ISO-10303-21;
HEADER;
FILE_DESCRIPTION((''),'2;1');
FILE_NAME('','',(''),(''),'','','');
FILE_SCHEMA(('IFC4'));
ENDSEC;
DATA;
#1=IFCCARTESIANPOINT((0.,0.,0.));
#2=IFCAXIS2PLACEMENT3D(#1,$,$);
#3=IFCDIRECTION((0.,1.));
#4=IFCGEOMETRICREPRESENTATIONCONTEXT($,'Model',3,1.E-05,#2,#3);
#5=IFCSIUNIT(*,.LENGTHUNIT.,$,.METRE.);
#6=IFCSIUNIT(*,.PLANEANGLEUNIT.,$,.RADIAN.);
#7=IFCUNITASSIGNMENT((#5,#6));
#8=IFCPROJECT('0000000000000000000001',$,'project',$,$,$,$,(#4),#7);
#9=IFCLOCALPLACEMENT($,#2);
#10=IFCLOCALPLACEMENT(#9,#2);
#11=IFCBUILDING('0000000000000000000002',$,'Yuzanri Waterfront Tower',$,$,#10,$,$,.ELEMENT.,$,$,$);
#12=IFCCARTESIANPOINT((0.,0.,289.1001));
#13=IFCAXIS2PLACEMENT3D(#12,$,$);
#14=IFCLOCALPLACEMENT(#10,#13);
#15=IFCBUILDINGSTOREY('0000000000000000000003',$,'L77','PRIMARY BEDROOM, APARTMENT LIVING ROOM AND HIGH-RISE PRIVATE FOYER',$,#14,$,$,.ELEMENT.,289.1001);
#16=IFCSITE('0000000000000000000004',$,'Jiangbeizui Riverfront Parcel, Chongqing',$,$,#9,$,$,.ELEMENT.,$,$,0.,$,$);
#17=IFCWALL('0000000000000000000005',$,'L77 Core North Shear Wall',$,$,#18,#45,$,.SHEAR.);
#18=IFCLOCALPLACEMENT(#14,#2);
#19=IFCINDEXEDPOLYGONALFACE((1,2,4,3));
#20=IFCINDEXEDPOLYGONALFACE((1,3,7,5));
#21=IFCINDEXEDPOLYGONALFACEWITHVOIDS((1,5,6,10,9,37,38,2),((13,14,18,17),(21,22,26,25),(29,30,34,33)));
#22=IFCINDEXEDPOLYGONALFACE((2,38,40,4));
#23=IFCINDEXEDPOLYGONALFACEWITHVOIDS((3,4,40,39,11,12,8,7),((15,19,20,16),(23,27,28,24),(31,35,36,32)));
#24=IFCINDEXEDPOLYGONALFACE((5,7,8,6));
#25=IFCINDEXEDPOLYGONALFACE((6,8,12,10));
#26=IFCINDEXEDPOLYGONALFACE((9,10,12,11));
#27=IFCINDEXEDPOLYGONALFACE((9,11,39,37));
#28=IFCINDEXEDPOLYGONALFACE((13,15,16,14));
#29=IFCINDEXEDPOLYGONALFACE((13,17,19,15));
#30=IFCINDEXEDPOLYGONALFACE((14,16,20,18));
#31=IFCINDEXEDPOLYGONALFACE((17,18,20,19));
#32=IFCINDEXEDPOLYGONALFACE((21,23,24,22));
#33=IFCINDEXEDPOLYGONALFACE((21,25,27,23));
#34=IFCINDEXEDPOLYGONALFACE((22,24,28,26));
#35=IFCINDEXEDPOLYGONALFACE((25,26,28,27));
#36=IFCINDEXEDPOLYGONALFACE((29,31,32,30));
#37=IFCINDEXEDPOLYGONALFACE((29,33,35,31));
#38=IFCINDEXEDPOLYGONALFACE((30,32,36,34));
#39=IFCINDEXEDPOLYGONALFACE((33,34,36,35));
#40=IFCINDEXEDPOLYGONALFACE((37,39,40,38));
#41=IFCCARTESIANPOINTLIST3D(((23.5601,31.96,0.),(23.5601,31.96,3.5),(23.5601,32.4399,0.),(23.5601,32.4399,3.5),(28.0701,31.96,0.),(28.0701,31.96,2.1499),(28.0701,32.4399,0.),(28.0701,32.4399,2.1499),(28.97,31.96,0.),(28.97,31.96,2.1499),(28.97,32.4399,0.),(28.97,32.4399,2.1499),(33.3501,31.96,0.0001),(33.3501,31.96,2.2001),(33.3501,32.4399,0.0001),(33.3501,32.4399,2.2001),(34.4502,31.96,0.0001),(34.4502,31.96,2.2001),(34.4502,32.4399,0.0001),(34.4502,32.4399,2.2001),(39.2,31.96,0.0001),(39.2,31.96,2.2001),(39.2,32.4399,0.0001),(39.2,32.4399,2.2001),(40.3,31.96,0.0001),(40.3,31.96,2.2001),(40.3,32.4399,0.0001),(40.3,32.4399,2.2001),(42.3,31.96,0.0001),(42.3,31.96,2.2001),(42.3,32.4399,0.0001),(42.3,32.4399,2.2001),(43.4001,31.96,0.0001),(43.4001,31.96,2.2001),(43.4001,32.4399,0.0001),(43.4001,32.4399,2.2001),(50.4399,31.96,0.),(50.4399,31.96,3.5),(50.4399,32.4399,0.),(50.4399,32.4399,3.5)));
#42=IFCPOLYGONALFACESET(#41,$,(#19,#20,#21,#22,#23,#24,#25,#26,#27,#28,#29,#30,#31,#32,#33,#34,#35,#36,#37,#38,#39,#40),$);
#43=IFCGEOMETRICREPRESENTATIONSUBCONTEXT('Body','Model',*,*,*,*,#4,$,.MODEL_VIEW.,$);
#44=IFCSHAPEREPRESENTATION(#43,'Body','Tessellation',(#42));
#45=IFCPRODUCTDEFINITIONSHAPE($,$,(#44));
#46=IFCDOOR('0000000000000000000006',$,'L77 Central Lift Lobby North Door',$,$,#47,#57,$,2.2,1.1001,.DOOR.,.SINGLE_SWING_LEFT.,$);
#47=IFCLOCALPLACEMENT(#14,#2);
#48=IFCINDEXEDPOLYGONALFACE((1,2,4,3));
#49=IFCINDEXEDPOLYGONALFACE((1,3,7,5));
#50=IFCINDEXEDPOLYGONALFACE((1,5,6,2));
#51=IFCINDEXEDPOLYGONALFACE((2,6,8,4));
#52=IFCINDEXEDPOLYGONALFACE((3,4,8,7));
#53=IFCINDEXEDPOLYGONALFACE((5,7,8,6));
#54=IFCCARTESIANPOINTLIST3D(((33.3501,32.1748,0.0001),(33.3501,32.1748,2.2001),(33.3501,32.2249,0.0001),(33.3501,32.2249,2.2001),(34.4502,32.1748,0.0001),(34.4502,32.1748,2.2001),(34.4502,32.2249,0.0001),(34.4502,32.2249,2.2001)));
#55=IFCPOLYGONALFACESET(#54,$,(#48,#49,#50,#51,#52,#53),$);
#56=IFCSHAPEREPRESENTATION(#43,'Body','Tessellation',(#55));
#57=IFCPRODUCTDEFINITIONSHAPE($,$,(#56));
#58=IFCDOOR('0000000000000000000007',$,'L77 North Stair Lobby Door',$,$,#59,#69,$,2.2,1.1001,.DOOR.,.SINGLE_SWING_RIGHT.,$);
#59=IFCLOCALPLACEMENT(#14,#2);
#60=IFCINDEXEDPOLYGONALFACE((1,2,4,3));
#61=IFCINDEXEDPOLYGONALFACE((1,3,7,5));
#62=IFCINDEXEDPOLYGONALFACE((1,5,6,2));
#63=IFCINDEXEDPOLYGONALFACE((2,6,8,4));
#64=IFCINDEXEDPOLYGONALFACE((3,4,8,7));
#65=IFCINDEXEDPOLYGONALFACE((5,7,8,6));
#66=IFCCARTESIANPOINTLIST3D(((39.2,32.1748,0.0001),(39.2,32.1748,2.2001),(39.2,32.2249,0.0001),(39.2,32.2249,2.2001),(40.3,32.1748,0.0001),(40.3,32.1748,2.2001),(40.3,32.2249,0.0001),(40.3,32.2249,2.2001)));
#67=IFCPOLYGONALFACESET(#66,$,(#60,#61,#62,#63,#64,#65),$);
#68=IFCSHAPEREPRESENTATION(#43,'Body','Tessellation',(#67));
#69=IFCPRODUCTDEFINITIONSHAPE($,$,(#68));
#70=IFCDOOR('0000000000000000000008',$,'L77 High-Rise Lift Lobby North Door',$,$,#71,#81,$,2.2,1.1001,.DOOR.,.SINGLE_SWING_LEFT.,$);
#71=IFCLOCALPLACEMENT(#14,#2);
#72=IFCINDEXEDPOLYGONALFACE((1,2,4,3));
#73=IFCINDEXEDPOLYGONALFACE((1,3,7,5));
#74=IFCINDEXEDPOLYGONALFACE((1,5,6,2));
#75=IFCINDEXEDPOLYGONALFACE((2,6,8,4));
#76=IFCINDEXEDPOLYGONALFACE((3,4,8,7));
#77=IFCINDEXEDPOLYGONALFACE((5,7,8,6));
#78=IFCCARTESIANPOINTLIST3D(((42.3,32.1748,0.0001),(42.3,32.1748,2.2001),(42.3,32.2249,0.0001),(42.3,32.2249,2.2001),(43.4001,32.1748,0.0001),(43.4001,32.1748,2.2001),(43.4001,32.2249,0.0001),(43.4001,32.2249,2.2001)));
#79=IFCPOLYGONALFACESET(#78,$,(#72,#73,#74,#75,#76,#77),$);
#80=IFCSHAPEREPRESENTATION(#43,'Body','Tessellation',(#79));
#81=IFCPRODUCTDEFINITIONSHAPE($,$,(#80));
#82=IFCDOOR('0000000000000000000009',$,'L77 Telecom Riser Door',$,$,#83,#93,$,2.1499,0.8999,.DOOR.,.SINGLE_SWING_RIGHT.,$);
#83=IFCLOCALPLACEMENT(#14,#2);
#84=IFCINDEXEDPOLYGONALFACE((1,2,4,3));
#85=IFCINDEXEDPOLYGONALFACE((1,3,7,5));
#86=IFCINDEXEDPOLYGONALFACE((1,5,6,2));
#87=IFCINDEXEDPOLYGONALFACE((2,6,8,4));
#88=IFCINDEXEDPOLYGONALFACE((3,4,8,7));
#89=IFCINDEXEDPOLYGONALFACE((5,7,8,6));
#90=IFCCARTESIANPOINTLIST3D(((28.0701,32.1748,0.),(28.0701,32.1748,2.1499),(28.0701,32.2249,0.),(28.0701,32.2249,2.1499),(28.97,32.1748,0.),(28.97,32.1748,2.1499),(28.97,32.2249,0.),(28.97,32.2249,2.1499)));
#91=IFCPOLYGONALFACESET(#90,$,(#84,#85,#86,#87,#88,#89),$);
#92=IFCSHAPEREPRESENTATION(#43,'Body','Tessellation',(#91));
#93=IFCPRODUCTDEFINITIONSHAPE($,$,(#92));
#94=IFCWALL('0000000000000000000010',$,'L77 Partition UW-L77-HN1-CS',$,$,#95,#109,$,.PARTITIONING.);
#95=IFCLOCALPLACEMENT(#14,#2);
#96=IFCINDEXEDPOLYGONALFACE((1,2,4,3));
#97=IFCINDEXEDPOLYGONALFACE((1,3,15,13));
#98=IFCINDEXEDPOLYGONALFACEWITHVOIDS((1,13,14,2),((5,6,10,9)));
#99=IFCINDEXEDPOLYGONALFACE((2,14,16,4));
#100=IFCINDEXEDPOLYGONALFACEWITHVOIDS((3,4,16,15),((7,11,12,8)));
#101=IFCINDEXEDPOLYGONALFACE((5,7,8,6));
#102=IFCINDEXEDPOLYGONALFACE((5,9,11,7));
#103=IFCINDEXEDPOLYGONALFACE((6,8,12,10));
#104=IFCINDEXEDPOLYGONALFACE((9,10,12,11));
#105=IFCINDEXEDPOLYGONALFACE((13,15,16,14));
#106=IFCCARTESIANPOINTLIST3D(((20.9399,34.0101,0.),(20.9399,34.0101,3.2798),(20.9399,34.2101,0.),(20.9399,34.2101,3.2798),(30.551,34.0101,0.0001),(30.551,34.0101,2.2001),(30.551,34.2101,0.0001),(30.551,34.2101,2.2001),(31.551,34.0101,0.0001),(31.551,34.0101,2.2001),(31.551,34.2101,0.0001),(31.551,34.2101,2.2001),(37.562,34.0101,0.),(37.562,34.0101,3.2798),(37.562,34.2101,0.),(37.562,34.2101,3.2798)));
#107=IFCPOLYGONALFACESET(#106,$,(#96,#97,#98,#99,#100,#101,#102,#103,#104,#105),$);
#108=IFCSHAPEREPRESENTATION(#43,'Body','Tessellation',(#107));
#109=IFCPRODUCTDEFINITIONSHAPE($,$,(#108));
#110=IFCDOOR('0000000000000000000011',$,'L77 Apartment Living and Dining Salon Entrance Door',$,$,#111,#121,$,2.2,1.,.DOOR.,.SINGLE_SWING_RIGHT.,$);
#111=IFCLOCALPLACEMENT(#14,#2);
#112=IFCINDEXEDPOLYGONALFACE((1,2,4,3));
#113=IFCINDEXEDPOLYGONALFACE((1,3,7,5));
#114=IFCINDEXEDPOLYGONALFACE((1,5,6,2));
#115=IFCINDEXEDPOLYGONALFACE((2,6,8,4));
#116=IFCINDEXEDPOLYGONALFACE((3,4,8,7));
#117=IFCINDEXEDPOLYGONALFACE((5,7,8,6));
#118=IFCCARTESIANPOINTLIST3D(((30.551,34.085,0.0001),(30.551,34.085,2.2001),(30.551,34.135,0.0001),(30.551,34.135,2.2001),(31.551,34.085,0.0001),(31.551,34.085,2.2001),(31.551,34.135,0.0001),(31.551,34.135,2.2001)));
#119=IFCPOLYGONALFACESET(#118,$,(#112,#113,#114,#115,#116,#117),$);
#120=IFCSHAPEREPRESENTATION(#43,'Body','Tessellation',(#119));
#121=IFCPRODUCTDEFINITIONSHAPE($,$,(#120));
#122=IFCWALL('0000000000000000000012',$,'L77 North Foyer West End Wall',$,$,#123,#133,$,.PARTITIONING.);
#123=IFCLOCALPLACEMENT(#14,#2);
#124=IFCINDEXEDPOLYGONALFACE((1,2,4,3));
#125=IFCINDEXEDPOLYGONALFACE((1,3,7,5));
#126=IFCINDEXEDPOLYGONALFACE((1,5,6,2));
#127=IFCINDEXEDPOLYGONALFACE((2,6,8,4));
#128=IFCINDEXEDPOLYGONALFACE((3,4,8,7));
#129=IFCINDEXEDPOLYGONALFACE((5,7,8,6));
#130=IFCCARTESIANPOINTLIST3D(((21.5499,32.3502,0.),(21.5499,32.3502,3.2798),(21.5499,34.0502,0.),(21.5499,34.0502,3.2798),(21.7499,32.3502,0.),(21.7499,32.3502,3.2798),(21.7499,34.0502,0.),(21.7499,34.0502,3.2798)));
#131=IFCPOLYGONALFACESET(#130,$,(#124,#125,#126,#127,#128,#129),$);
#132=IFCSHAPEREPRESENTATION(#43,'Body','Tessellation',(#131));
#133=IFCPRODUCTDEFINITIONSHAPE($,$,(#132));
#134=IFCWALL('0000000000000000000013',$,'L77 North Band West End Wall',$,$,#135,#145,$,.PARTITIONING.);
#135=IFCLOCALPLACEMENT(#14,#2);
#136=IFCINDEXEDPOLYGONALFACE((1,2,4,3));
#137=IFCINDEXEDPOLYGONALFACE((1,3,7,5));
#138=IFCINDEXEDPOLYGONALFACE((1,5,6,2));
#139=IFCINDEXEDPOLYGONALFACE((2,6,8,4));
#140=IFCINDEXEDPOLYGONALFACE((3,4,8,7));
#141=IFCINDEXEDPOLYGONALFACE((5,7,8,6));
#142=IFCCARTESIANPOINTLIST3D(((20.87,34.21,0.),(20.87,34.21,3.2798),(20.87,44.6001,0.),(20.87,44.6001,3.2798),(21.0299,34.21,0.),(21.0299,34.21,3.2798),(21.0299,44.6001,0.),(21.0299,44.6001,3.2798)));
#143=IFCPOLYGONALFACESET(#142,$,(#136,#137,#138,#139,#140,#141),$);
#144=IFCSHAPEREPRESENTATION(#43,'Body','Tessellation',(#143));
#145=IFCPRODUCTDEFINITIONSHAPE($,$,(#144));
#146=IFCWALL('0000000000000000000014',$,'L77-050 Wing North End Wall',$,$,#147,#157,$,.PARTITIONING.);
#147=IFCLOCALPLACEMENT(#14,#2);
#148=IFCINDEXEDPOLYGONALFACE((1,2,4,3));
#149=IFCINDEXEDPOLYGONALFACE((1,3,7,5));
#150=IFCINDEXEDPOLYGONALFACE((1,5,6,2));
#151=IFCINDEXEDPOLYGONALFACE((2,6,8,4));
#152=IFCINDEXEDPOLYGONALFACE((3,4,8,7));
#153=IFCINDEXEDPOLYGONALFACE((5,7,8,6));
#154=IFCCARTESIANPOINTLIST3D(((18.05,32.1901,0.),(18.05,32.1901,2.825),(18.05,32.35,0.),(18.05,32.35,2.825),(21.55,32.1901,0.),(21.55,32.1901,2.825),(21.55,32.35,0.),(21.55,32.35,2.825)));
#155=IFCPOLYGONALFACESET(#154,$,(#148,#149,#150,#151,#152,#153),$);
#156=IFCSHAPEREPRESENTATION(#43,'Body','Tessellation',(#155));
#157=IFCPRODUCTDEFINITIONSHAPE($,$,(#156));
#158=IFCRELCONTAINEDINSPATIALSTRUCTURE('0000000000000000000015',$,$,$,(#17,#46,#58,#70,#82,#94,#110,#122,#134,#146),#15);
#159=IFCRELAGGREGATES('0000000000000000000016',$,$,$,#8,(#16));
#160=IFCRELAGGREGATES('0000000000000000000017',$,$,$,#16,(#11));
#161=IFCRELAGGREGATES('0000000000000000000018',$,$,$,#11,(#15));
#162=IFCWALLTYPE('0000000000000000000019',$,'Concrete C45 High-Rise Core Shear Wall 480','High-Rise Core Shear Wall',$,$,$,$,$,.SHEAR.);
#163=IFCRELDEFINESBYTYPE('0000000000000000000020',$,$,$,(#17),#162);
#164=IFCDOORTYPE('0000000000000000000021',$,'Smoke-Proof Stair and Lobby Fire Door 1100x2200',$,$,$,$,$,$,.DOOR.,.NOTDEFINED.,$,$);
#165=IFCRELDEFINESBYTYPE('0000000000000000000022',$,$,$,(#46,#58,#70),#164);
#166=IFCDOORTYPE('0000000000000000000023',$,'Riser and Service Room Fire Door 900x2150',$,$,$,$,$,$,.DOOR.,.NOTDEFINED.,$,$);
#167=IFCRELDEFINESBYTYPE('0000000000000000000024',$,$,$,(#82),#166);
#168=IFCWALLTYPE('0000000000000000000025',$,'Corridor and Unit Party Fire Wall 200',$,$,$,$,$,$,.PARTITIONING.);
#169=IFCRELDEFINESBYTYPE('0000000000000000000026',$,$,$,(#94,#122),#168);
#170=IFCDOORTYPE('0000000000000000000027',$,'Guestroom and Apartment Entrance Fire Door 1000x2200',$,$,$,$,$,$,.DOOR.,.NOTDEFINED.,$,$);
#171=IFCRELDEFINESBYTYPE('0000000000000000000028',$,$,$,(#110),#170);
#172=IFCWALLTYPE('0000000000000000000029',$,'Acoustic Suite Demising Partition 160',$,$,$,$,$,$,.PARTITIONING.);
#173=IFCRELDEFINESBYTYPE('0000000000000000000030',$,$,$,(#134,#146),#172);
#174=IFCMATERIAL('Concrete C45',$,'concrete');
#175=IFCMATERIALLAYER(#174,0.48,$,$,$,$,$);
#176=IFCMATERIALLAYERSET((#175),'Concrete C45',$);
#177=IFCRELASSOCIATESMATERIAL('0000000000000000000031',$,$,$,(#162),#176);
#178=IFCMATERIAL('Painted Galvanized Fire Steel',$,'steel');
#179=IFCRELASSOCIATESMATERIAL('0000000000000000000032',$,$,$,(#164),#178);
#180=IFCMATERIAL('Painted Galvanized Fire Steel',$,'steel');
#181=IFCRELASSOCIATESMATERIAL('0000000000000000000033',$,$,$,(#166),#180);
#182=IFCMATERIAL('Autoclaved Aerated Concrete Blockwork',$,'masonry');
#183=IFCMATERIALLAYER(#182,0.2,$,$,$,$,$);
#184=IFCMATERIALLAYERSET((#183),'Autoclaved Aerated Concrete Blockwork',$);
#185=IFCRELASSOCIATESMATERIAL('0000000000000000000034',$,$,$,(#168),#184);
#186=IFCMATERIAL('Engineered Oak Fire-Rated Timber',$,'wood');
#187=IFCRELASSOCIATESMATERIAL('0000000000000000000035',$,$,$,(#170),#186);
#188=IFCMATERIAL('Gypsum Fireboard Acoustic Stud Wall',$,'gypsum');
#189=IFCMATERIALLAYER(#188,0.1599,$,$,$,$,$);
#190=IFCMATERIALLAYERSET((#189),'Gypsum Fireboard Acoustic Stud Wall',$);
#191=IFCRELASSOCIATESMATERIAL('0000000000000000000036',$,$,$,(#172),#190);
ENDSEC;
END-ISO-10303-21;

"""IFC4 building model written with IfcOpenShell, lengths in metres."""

from ifc_helpers import new_model, si_unit, direction, frame, frame_2d, origin, place, context, subcontext, project, spatial, rectangle, extrude, source, transform, mapped, material, layer, layer_set, type_object, element, fill, save


model = new_model("IFC4")

# Units and contexts
model_context = context("Model", 3, precision=1e-05, world=origin(), true_north=direction((0.0, 1.0)))
body_context = subcontext(model_context, "Body", "Model", "MODEL_VIEW")
ifc_project = project(units=[si_unit("LENGTHUNIT", "METRE"), si_unit("PLANEANGLEUNIT", "RADIAN")], contexts=[model_context])

# Site, building, storey
site_placement = place(None, origin())
site = spatial("IfcSite", under=ifc_project, at=site_placement, Name="Jiangbeizui Riverfront Parcel, Chongqing", CompositionType="ELEMENT", RefElevation=0.0)
building_placement = place(site_placement, origin())
building = spatial("IfcBuilding", under=site, at=building_placement, Name="Yuzanri Waterfront Tower", CompositionType="ELEMENT")
storey_placement = place(building_placement, frame((0.0, 0.0, 289.1001)))
storey = spatial("IfcBuildingStorey", under=building, at=storey_placement, Name="L77", Description="PRIMARY BEDROOM, APARTMENT LIVING ROOM AND HIGH-RISE PRIVATE FOYER", CompositionType="ELEMENT", Elevation=289.1001)

# Wall, openings, doors
ifc_material_1 = material(Name="Concrete C45", Category="concrete")
ifc_layer_1 = layer(ifc_material_1, 0.48)
ifc_layer_set_1 = layer_set([ifc_layer_1], Name="Concrete C45")
wall_type_1 = type_object("IfcWallType", Name="Concrete C45 High-Rise Core Shear Wall 480", Description="High-Rise Core Shear Wall", PredefinedType="SHEAR", material=ifc_layer_set_1)
wall_1_placement = place(storey_placement, frame((23.5601, 32.2, 0.0), z_axis=(0.0, 0.0, 1.0), x_axis=(1.0, 0.0, 0.0)))
wall_1 = element("IfcWall", 1, at=wall_1_placement, inside=storey, type_object=wall_type_1, Name="L77 Core North Shear Wall", PredefinedType="SHEAR", context=body_context, shape_type="SweptSolid", body=[
    extrude(rectangle(XDim=26.8799, YDim=0.48, at=frame_2d((13.4399, 0.0))), origin(), (0.0, 0.0, 1.0), 3.5),
])
opening_1_placement = place(wall_1_placement, frame((4.51, 0.0, 0.0)))
opening_1 = element("IfcOpeningElement", 2, at=opening_1_placement, cuts=wall_1, PredefinedType="OPENING", context=body_context, shape_type="SweptSolid", body=[
    extrude(rectangle(XDim=0.8999, YDim=2.1499, at=frame_2d((0.45, 1.075))), frame((0.0, 0.2549, 0.0), z_axis=(0.0, -1.0, 0.0), x_axis=(1.0, 0.0, 0.0)), (0.0, 0.0, 1.0), 0.5098),
])
opening_2_placement = place(wall_1_placement, frame((9.79, 0.0, 0.0)))
opening_2 = element("IfcOpeningElement", 3, at=opening_2_placement, cuts=wall_1, PredefinedType="OPENING", context=body_context, shape_type="SweptSolid", body=[
    extrude(rectangle(XDim=1.1001, YDim=2.2, at=frame_2d((0.55, 1.1001))), frame((0.0, 0.2549, 0.0), z_axis=(0.0, -1.0, 0.0), x_axis=(1.0, 0.0, 0.0)), (0.0, 0.0, 1.0), 0.5098),
])
opening_3_placement = place(wall_1_placement, frame((15.6399, 0.0, 0.0)))
opening_3 = element("IfcOpeningElement", 4, at=opening_3_placement, cuts=wall_1, PredefinedType="OPENING", context=body_context, shape_type="SweptSolid", body=[
    extrude(rectangle(XDim=1.1001, YDim=2.2, at=frame_2d((0.55, 1.1001))), frame((0.0, 0.2549, 0.0), z_axis=(0.0, -1.0, 0.0), x_axis=(1.0, 0.0, 0.0)), (0.0, 0.0, 1.0), 0.5098),
])
opening_4_placement = place(wall_1_placement, frame((18.74, 0.0, 0.0)))
opening_4 = element("IfcOpeningElement", 5, at=opening_4_placement, cuts=wall_1, PredefinedType="OPENING", context=body_context, shape_type="SweptSolid", body=[
    extrude(rectangle(XDim=1.1001, YDim=2.2, at=frame_2d((0.55, 1.1001))), frame((0.0, 0.2549, 0.0), z_axis=(0.0, -1.0, 0.0), x_axis=(1.0, 0.0, 0.0)), (0.0, 0.0, 1.0), 0.5098),
])
ifc_material_2 = material(Name="Painted Galvanized Fire Steel", Category="steel")
door_type_1 = type_object("IfcDoorType", Name="Smoke-Proof Stair and Lobby Fire Door 1100x2200", OperationType="NOTDEFINED", PredefinedType="DOOR", material=ifc_material_2)
shared_shape_1 = source(origin(), body_context, "Body", "SweptSolid", [
    extrude(rectangle(XDim=1.1001, YDim=2.2, at=frame_2d((0.55, 1.1001))), frame((0.0, 0.0249, 0.0), z_axis=(0.0, -1.0, 0.0), x_axis=(1.0, 0.0, 0.0)), (0.0, 0.0, 1.0), 0.05),
])
door_1_placement = place(opening_2_placement, origin())
door_1 = element("IfcDoor", 6, at=door_1_placement, inside=storey, type_object=door_type_1, Name="L77 Central Lift Lobby North Door", OperationType="SINGLE_SWING_LEFT", OverallHeight=2.2, OverallWidth=1.1001, PredefinedType="DOOR", context=body_context, shape_type="MappedRepresentation", body=[
    mapped(shared_shape_1, transform((0.0, 0.0, 0.0), scale=1.0)),
])
fill(opening_2, door_1)
door_2_placement = place(opening_3_placement, origin())
door_2 = element("IfcDoor", 7, at=door_2_placement, inside=storey, type_object=door_type_1, Name="L77 North Stair Lobby Door", OperationType="SINGLE_SWING_RIGHT", OverallHeight=2.2, OverallWidth=1.1001, PredefinedType="DOOR", context=body_context, shape_type="MappedRepresentation", body=[
    mapped(shared_shape_1, transform((0.0, 0.0, 0.0), scale=1.0)),
])
fill(opening_3, door_2)
door_3_placement = place(opening_4_placement, origin())
door_3 = element("IfcDoor", 8, at=door_3_placement, inside=storey, type_object=door_type_1, Name="L77 High-Rise Lift Lobby North Door", OperationType="SINGLE_SWING_LEFT", OverallHeight=2.2, OverallWidth=1.1001, PredefinedType="DOOR", context=body_context, shape_type="MappedRepresentation", body=[
    mapped(shared_shape_1, transform((0.0, 0.0, 0.0), scale=1.0)),
])
fill(opening_4, door_3)
ifc_material_3 = material(Name="Painted Galvanized Fire Steel", Category="steel")
door_type_2 = type_object("IfcDoorType", Name="Riser and Service Room Fire Door 900x2150", OperationType="NOTDEFINED", PredefinedType="DOOR", material=ifc_material_3)
shared_shape_2 = source(origin(), body_context, "Body", "SweptSolid", [
    extrude(rectangle(XDim=0.8999, YDim=2.1499, at=frame_2d((0.45, 1.075))), frame((0.0, 0.0249, 0.0), z_axis=(0.0, -1.0, 0.0), x_axis=(1.0, 0.0, 0.0)), (0.0, 0.0, 1.0), 0.05),
])
door_4_placement = place(opening_1_placement, origin())
door_4 = element("IfcDoor", 9, at=door_4_placement, inside=storey, type_object=door_type_2, Name="L77 Telecom Riser Door", OperationType="SINGLE_SWING_RIGHT", OverallHeight=2.1499, OverallWidth=0.8999, PredefinedType="DOOR", context=body_context, shape_type="MappedRepresentation", body=[
    mapped(shared_shape_2, transform((0.0, 0.0, 0.0), scale=1.0)),
])
fill(opening_1, door_4)

# Wall, opening, door
ifc_material_4 = material(Name="Autoclaved Aerated Concrete Blockwork", Category="masonry")
ifc_layer_2 = layer(ifc_material_4, 0.2)
ifc_layer_set_2 = layer_set([ifc_layer_2], Name="Autoclaved Aerated Concrete Blockwork")
wall_type_2 = type_object("IfcWallType", Name="Corridor and Unit Party Fire Wall 200", PredefinedType="PARTITIONING", material=ifc_layer_set_2)
wall_2_placement = place(storey_placement, frame((20.9399, 34.1101, 0.0), z_axis=(0.0, 0.0, 1.0), x_axis=(1.0, 0.0, 0.0)))
wall_2 = element("IfcWall", 10, at=wall_2_placement, inside=storey, type_object=wall_type_2, Name="L77 Partition UW-L77-HN1-CS", PredefinedType="PARTITIONING", context=body_context, shape_type="SweptSolid", body=[
    extrude(rectangle(XDim=16.6221, YDim=0.2, at=frame_2d((8.311, 0.0))), origin(), (0.0, 0.0, 1.0), 3.2798),
])
opening_5_placement = place(wall_2_placement, frame((9.6111, 0.0, 0.0)))
opening_5 = element("IfcOpeningElement", 11, at=opening_5_placement, cuts=wall_2, PredefinedType="OPENING", context=body_context, shape_type="SweptSolid", body=[
    extrude(rectangle(XDim=1.0, YDim=2.2, at=frame_2d((0.5, 1.1001))), frame((0.0, 0.1147, 0.0), z_axis=(0.0, -1.0, 0.0), x_axis=(1.0, 0.0, 0.0)), (0.0, 0.0, 1.0), 0.2297),
])
ifc_material_5 = material(Name="Engineered Oak Fire-Rated Timber", Category="wood")
door_type_3 = type_object("IfcDoorType", Name="Guestroom and Apartment Entrance Fire Door 1000x2200", OperationType="NOTDEFINED", PredefinedType="DOOR", material=ifc_material_5)
shared_shape_3 = source(origin(), body_context, "Body", "SweptSolid", [
    extrude(rectangle(XDim=1.0, YDim=2.2, at=frame_2d((0.5, 1.1001))), frame((0.0, 0.0249, 0.0), z_axis=(0.0, -1.0, 0.0), x_axis=(1.0, 0.0, 0.0)), (0.0, 0.0, 1.0), 0.05),
])
door_5_placement = place(opening_5_placement, origin())
door_5 = element("IfcDoor", 12, at=door_5_placement, inside=storey, type_object=door_type_3, Name="L77 Apartment Living and Dining Salon Entrance Door", OperationType="SINGLE_SWING_RIGHT", OverallHeight=2.2, OverallWidth=1.0, PredefinedType="DOOR", context=body_context, shape_type="MappedRepresentation", body=[
    mapped(shared_shape_3, transform((0.0, 0.0, 0.0), scale=1.0)),
])
fill(opening_5, door_5)

# Walls
shared_shape_4 = source(origin(), body_context, "Body", "SweptSolid", [
    extrude(rectangle(XDim=1.7, YDim=0.2, at=frame_2d((0.8501, 0.0))), origin(), (0.0, 0.0, 1.0), 3.2798),
])
wall_3_placement = place(storey_placement, frame((21.6499, 32.3501, 0.0), z_axis=(0.0, 0.0, 1.0), x_axis=(0.0, 1.0, 0.0)))
element("IfcWall", 13, at=wall_3_placement, inside=storey, type_object=wall_type_2, Name="L77 North Foyer West End Wall", PredefinedType="PARTITIONING", context=body_context, shape_type="MappedRepresentation", body=[
    mapped(shared_shape_4, transform((0.0, 0.0, 0.0), scale=1.0)),
])
ifc_material_6 = material(Name="Gypsum Fireboard Acoustic Stud Wall", Category="gypsum")
ifc_layer_3 = layer(ifc_material_6, 0.1599)
ifc_layer_set_3 = layer_set([ifc_layer_3], Name="Gypsum Fireboard Acoustic Stud Wall")
wall_type_3 = type_object("IfcWallType", Name="Acoustic Suite Demising Partition 160", PredefinedType="PARTITIONING", material=ifc_layer_set_3)
shared_shape_5 = source(origin(), body_context, "Body", "SweptSolid", [
    extrude(rectangle(XDim=10.3901, YDim=0.1599, at=frame_2d((5.1951, 0.0))), origin(), (0.0, 0.0, 1.0), 3.2798),
])
wall_4_placement = place(storey_placement, frame((20.95, 34.21, 0.0), z_axis=(0.0, 0.0, 1.0), x_axis=(0.0, 1.0, 0.0)))
element("IfcWall", 14, at=wall_4_placement, inside=storey, type_object=wall_type_3, Name="L77 North Band West End Wall", PredefinedType="PARTITIONING", context=body_context, shape_type="MappedRepresentation", body=[
    mapped(shared_shape_5, transform((0.0, 0.0, 0.0), scale=1.0)),
])
shared_shape_6 = source(origin(), body_context, "Body", "SweptSolid", [
    extrude(rectangle(XDim=3.5, YDim=0.1599, at=frame_2d((1.75, 0.0))), origin(), (0.0, 0.0, 1.0), 2.825),
])
wall_5_placement = place(storey_placement, frame((18.05, 32.27, 0.0), z_axis=(0.0, 0.0, 1.0), x_axis=(1.0, 0.0, 0.0)))
element("IfcWall", 15, at=wall_5_placement, inside=storey, type_object=wall_type_3, Name="L77-050 Wing North End Wall", PredefinedType="PARTITIONING", context=body_context, shape_type="MappedRepresentation", body=[
    mapped(shared_shape_6, transform((0.0, 0.0, 0.0), scale=1.0)),
])

save(model, "model.ifc")
